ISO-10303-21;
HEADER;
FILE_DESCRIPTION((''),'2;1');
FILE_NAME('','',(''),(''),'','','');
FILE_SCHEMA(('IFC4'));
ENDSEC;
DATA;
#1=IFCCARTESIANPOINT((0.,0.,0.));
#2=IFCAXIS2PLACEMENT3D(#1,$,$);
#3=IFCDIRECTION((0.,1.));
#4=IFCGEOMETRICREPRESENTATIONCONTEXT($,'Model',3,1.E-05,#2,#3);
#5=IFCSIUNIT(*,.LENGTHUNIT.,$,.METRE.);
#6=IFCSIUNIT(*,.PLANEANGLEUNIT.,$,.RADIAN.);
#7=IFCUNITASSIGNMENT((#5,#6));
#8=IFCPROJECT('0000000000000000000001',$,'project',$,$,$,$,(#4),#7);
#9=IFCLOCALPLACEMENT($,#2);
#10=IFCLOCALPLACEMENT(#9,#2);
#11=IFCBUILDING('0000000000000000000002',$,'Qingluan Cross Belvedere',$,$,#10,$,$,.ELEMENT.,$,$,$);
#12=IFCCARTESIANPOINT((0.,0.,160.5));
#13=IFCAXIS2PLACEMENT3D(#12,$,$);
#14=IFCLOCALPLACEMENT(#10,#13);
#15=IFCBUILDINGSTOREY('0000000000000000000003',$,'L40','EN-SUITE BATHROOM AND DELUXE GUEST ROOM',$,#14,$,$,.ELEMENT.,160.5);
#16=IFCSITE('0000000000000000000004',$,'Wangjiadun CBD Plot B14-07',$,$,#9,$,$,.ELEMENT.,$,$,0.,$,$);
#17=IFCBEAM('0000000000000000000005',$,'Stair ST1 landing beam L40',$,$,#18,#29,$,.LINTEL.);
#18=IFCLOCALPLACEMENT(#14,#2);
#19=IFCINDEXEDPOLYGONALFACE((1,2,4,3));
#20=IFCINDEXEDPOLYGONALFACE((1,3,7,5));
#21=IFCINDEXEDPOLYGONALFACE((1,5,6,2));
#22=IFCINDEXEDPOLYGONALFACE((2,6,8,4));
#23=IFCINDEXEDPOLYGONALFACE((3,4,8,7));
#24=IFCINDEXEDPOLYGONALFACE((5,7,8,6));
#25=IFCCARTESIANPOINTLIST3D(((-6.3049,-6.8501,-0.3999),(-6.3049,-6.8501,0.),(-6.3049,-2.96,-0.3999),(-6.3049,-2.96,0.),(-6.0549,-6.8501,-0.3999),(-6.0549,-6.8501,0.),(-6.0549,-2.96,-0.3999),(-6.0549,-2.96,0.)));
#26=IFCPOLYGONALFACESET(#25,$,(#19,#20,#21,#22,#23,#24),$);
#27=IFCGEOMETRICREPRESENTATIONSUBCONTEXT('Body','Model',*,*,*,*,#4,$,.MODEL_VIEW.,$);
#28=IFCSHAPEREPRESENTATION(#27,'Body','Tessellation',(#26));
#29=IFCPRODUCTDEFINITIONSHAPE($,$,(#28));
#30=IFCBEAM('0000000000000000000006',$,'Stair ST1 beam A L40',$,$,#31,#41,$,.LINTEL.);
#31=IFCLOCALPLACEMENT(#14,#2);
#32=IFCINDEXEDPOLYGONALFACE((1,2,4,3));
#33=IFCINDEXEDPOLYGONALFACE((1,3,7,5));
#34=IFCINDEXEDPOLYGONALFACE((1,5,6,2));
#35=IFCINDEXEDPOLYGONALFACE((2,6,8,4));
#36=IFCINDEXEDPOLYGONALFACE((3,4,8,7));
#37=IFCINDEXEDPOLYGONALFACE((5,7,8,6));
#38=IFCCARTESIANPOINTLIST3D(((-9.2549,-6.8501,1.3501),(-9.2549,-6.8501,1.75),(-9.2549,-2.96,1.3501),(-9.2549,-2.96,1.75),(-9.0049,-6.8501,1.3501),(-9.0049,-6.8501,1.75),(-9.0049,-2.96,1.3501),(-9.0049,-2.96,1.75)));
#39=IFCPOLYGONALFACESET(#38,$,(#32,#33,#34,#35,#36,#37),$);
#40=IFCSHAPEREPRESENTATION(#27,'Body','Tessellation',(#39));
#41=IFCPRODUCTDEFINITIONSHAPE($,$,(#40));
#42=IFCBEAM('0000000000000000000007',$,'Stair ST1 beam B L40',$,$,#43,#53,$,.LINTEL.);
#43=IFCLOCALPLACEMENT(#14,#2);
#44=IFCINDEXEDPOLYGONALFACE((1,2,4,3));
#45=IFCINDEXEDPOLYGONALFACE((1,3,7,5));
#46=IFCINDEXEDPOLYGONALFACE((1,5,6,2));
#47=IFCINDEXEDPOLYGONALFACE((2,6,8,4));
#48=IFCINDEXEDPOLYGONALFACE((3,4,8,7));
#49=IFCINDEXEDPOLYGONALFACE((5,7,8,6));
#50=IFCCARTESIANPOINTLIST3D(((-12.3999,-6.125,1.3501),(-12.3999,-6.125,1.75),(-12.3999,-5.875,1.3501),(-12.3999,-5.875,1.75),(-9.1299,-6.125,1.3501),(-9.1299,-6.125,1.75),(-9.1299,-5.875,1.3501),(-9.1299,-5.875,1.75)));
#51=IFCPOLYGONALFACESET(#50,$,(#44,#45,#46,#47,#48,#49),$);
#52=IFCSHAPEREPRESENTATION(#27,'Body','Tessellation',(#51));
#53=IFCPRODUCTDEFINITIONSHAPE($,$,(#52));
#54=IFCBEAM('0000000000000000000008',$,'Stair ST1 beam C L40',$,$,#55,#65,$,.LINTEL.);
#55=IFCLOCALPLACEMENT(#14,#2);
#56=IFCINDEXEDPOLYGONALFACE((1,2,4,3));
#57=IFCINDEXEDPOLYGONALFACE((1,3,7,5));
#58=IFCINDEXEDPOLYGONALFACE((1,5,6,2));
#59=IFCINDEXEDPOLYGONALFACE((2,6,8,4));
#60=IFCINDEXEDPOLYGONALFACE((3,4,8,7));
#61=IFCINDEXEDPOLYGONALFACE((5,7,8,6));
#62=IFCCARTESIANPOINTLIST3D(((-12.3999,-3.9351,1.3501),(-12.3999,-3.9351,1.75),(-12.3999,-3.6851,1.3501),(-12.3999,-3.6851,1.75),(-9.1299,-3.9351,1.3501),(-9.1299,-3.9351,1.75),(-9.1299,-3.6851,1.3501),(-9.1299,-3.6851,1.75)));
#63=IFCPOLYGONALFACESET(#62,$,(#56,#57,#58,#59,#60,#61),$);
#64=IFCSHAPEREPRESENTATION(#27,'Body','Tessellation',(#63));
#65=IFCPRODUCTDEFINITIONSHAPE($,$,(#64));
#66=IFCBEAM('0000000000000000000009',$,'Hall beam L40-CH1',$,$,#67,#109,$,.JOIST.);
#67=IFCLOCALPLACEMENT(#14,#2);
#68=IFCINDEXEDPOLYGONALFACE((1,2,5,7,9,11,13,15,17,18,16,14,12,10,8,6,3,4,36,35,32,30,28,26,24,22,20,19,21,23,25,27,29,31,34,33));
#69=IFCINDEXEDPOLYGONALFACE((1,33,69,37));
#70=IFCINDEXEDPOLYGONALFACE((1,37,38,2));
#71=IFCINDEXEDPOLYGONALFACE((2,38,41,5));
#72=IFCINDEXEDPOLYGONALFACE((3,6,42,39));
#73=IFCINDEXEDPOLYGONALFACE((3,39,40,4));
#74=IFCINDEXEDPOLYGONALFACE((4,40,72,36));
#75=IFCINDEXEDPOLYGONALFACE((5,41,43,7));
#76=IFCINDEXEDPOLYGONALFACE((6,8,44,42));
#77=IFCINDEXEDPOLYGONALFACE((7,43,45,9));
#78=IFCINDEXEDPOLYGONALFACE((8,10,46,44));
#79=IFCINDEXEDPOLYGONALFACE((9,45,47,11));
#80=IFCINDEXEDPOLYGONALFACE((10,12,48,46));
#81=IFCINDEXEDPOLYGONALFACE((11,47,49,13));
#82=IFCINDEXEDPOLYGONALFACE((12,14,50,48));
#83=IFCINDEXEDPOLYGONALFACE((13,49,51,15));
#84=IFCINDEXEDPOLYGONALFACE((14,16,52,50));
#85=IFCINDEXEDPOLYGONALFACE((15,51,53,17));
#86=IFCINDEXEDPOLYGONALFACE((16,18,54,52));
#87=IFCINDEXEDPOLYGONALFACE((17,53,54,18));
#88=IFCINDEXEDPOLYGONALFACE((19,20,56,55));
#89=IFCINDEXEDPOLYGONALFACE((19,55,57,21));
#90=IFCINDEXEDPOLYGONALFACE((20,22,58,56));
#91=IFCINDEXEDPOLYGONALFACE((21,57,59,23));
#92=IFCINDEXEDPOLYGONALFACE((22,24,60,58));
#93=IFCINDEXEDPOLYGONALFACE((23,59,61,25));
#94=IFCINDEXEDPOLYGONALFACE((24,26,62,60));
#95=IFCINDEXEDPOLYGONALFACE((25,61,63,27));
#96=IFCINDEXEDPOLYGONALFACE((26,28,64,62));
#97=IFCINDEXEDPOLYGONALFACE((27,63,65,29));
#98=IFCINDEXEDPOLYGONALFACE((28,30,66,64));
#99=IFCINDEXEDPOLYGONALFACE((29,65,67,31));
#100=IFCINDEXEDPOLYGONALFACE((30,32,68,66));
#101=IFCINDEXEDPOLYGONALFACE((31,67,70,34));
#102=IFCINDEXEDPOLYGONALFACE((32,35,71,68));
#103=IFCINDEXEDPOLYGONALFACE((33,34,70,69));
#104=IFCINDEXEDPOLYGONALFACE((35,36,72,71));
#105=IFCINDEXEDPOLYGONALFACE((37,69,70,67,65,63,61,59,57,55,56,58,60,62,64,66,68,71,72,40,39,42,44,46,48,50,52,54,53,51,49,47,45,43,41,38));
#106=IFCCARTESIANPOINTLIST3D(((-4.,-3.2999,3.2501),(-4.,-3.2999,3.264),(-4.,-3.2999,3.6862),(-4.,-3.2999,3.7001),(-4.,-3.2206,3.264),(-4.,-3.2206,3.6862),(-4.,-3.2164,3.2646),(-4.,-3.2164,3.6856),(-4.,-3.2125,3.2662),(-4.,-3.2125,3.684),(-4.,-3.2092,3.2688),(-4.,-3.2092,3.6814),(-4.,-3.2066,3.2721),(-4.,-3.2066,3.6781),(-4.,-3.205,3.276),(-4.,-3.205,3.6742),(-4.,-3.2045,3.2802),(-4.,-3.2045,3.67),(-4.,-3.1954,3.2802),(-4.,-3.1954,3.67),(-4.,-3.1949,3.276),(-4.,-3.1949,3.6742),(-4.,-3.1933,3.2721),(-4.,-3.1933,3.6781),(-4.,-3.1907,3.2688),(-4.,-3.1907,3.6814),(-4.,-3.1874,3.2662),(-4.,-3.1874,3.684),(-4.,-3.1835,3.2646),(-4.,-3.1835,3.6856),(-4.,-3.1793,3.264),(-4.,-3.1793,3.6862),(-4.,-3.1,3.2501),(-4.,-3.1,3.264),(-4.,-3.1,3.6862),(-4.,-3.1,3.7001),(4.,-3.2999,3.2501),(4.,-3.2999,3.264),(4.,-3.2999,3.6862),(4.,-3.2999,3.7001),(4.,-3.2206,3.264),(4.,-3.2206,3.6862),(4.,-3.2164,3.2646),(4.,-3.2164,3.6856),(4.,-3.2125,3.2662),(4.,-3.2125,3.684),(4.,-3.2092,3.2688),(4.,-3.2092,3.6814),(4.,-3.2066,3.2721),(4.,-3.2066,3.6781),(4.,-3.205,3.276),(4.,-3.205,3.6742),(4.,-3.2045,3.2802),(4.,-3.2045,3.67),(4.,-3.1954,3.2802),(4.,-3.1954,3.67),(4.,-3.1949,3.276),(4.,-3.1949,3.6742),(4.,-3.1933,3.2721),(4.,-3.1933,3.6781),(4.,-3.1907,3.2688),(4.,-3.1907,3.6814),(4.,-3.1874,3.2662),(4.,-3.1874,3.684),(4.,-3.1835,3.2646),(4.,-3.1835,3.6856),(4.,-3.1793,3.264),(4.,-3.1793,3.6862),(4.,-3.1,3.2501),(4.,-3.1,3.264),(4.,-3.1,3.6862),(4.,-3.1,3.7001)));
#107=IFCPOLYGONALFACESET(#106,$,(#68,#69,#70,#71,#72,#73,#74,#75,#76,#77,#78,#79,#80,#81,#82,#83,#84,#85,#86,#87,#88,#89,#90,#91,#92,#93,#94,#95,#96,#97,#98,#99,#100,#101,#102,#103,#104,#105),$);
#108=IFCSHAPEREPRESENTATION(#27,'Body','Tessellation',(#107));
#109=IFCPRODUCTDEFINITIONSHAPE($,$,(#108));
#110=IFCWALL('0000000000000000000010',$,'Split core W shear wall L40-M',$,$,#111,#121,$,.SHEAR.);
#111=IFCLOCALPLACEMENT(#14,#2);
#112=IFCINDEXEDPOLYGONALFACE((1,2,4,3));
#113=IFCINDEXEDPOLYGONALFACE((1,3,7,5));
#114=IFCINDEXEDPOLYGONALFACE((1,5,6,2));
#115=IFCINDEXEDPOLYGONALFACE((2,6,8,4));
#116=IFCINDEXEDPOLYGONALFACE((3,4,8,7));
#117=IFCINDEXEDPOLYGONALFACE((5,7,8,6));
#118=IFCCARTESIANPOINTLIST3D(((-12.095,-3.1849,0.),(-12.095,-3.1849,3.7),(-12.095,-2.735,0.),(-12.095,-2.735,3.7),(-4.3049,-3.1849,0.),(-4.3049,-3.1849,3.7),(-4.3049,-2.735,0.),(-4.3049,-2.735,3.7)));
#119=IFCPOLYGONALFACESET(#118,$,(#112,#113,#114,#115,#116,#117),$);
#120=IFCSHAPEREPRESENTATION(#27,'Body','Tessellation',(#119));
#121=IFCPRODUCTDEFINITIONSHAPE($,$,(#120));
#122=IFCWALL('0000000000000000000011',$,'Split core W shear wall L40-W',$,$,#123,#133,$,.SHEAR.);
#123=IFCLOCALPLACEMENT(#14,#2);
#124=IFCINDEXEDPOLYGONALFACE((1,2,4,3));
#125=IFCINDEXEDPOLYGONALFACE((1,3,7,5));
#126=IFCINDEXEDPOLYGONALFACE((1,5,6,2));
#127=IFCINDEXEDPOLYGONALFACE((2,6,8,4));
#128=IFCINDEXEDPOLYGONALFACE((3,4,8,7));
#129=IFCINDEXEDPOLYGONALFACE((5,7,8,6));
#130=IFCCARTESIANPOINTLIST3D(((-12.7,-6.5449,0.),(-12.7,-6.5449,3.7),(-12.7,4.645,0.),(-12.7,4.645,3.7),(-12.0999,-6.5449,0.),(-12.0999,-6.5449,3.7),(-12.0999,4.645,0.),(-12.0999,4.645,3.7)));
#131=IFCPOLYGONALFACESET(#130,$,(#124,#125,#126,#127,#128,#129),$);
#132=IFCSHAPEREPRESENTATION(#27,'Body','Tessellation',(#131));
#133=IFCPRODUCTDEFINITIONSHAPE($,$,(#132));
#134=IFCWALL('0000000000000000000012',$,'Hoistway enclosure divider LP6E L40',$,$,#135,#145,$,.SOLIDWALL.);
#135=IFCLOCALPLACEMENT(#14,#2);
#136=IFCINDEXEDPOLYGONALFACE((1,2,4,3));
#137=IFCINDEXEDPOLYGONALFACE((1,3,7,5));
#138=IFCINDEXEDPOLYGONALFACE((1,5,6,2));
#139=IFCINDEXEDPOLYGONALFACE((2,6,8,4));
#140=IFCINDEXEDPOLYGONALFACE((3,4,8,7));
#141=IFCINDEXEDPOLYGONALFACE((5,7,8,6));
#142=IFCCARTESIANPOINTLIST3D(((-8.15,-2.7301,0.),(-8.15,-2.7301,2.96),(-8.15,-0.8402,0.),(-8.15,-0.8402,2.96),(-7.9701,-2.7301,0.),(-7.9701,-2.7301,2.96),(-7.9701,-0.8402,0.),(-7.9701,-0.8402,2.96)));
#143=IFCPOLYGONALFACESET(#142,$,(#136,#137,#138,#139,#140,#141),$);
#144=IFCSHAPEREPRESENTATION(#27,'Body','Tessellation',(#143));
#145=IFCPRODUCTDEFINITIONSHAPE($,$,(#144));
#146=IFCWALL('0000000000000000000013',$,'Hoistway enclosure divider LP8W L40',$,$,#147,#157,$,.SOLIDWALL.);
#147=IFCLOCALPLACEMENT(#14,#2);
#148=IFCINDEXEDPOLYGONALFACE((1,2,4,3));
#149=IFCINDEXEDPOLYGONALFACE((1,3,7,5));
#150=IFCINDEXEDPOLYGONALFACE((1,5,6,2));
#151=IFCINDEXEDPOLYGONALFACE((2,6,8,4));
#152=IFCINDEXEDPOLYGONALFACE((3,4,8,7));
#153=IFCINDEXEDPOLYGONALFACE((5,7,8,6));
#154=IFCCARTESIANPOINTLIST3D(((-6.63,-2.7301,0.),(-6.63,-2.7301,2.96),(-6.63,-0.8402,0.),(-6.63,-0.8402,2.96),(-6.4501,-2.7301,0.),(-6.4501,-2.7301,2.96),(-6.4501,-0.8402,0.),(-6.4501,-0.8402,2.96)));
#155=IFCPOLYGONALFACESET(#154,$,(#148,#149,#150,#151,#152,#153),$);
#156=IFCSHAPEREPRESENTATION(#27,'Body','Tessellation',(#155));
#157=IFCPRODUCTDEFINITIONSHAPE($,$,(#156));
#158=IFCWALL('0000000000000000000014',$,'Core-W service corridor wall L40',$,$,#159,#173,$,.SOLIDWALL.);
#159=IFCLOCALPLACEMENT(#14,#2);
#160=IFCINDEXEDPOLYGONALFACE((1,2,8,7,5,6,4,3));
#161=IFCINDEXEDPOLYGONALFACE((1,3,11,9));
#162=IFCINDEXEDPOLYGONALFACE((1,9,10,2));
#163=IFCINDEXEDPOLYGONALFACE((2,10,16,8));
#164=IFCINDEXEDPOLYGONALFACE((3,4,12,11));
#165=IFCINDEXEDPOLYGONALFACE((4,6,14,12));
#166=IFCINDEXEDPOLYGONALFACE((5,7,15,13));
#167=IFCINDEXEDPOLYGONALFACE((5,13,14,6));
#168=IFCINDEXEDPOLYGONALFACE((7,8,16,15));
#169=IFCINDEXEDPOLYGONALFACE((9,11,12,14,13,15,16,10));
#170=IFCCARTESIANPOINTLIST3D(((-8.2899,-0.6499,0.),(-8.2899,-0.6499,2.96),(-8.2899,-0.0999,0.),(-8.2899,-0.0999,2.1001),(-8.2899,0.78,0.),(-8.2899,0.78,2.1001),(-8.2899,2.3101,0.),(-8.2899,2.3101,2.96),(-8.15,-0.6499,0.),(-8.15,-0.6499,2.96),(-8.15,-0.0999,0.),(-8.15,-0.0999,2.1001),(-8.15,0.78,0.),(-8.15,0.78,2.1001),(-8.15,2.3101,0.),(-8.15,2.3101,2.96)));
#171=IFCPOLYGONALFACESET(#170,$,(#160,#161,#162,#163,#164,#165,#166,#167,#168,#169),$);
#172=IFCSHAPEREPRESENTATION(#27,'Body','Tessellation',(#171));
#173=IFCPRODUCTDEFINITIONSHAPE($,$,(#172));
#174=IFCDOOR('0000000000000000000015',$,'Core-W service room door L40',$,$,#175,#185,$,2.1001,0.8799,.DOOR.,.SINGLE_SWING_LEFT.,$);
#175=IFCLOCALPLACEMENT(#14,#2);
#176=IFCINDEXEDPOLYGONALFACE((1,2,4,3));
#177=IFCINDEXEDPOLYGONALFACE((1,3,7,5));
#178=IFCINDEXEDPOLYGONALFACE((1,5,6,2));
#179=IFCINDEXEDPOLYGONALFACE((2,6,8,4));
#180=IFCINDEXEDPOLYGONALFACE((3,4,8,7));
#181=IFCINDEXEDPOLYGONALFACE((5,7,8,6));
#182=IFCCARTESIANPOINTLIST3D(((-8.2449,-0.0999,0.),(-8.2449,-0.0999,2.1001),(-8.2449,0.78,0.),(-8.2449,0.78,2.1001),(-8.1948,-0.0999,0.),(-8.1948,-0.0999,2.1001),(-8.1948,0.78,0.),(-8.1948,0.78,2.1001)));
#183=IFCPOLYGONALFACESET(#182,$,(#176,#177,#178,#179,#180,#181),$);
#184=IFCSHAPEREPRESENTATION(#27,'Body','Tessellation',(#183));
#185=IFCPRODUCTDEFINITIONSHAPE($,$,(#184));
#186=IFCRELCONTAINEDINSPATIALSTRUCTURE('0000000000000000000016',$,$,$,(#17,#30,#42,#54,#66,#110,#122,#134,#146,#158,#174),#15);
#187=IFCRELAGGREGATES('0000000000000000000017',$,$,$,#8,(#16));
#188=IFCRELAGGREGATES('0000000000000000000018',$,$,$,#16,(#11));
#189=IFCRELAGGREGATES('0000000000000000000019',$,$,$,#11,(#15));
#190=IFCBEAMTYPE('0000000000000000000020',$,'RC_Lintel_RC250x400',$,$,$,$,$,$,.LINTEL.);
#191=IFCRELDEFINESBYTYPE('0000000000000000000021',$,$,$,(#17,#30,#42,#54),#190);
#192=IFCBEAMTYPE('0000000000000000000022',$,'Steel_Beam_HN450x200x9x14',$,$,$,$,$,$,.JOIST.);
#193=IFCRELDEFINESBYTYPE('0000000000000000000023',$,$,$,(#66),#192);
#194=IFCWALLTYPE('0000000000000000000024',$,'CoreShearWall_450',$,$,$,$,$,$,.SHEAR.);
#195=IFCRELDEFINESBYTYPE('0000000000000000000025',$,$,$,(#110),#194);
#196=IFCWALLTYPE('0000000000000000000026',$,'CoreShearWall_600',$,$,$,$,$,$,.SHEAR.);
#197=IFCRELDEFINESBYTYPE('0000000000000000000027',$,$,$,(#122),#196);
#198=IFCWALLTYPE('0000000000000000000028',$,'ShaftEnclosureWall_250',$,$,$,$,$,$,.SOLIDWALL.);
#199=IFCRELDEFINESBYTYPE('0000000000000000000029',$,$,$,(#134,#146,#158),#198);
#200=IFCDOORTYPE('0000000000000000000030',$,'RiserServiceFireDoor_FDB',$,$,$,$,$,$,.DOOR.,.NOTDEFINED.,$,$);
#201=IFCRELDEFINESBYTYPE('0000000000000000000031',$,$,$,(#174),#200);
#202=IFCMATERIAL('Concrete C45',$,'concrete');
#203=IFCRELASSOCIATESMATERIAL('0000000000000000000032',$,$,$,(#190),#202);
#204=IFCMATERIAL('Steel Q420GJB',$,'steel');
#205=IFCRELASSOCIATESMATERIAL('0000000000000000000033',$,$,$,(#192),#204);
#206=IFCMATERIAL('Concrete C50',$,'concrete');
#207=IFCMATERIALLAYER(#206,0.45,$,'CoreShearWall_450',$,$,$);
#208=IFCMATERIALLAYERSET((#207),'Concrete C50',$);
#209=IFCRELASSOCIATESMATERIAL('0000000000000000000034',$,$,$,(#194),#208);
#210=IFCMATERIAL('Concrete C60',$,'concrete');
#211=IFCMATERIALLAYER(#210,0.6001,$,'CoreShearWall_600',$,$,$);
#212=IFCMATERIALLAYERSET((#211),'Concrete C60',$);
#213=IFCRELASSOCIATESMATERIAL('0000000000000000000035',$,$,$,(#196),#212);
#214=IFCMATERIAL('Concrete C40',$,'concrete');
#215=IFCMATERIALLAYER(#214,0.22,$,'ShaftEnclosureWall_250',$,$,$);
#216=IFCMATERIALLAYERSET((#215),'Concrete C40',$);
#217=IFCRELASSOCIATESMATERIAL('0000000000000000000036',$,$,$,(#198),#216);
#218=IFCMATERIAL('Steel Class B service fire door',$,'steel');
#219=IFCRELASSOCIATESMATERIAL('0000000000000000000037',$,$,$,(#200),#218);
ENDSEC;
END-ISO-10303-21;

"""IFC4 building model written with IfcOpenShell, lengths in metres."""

from ifc_helpers import new_model, si_unit, direction, frame, frame_2d, origin, origin_2d, place, context, subcontext, project, spatial, rectangle, i_section, extrude, material, layer, layer_set, material_profile, profile_set, type_object, element, fill, save


model = new_model("IFC4")

# Units and contexts
model_context = context("Model", 3, precision=1e-05, world=origin(), true_north=direction((0.0, 1.0)))
body_context = subcontext(model_context, "Body", "Model", "MODEL_VIEW")
ifc_project = project(units=[si_unit("LENGTHUNIT", "METRE"), si_unit("PLANEANGLEUNIT", "RADIAN")], contexts=[model_context])

# Site, building, storey
site_placement = place(None, origin())
site = spatial("IfcSite", under=ifc_project, at=site_placement, Name="Wangjiadun CBD Plot B14-07", CompositionType="ELEMENT", RefElevation=0.0)
building_placement = place(site_placement, origin())
building = spatial("IfcBuilding", under=site, at=building_placement, Name="Qingluan Cross Belvedere", CompositionType="ELEMENT")
storey_placement = place(building_placement, frame((0.0, 0.0, 160.5)))
storey = spatial("IfcBuildingStorey", under=building, at=storey_placement, Name="L40", Description="EN-SUITE BATHROOM AND DELUXE GUEST ROOM", CompositionType="ELEMENT", Elevation=160.5)

# Beams
ifc_material_1 = material(Name="Concrete C45", Category="concrete")
ifc_material_profile_1 = material_profile(ifc_material_1, rectangle(XDim=0.25, YDim=0.3999, at=origin_2d()), Name="RC250x400")
ifc_profile_set_1 = profile_set([ifc_material_profile_1], Name="Concrete C45")
beam_type_1 = type_object("IfcBeamType", Name="RC_Lintel_RC250x400", PredefinedType="LINTEL", material=ifc_profile_set_1)
for number, where, z_axis, x_axis, name in (
    (1, (-6.1799, -6.8501, -0.2), (0.0, 1.0, 0.0), (-1.0, 0.0, 0.0), "Stair ST1 landing beam L40"),
    (2, (-9.1299, -6.8501, 1.55), (0.0, 1.0, 0.0), (-1.0, 0.0, 0.0), "Stair ST1 beam A L40"),
):
    element("IfcBeam", number, at=place(storey_placement, frame(where, z_axis=z_axis, x_axis=x_axis)), inside=storey, type_object=beam_type_1, Name=name, PredefinedType="LINTEL", context=body_context, shape_type="SweptSolid", body=[
        extrude(rectangle(XDim=0.25, YDim=0.3999, at=origin_2d()), origin(), (0.0, 0.0, 1.0), 3.8901),
    ])
for number, where, z_axis, x_axis, name in (
    (3, (-12.3999, -6.0, 1.55), (1.0, 0.0, 0.0), (0.0, 1.0, 0.0), "Stair ST1 beam B L40"),
    (4, (-12.3999, -3.8101, 1.55), (1.0, 0.0, 0.0), (0.0, 1.0, 0.0), "Stair ST1 beam C L40"),
):
    element("IfcBeam", number, at=place(storey_placement, frame(where, z_axis=z_axis, x_axis=x_axis)), inside=storey, type_object=beam_type_1, Name=name, PredefinedType="LINTEL", context=body_context, shape_type="SweptSolid", body=[
        extrude(rectangle(XDim=0.25, YDim=0.3999, at=origin_2d()), origin(), (0.0, 0.0, 1.0), 3.27),
    ])
ifc_material_2 = material(Name="Steel Q420GJB", Category="steel")
ifc_material_profile_2 = material_profile(ifc_material_2, i_section(OverallWidth=0.2, OverallDepth=0.45, WebThickness=0.009, FlangeThickness=0.0139, FilletRadius=0.0161, at=origin_2d()), Name="HN450x200x9x14")
ifc_profile_set_2 = profile_set([ifc_material_profile_2], Name="Steel Q420GJB")
beam_type_2 = type_object("IfcBeamType", Name="Steel_Beam_HN450x200x9x14", PredefinedType="JOIST", material=ifc_profile_set_2)
beam_placement = place(storey_placement, frame((-4.0, -3.2, 3.4751), z_axis=(1.0, 0.0, 0.0), x_axis=(0.0, 1.0, 0.0)))
element("IfcBeam", 5, at=beam_placement, inside=storey, type_object=beam_type_2, Name="Hall beam L40-CH1", PredefinedType="JOIST", context=body_context, shape_type="SweptSolid", body=[
    extrude(i_section(OverallWidth=0.2, OverallDepth=0.45, WebThickness=0.009, FlangeThickness=0.0139, FilletRadius=0.0161, at=origin_2d()), origin(), (0.0, 0.0, 1.0), 8.0),
])

# Walls
ifc_material_3 = material(Name="Concrete C50", Category="concrete")
ifc_layer_1 = layer(ifc_material_3, 0.45, Name="CoreShearWall_450")
ifc_layer_set_1 = layer_set([ifc_layer_1], Name="Concrete C50")
wall_type_1 = type_object("IfcWallType", Name="CoreShearWall_450", PredefinedType="SHEAR", material=ifc_layer_set_1)
wall_1_placement = place(storey_placement, frame((-12.095, -2.96, 0.0), z_axis=(0.0, 0.0, 1.0), x_axis=(1.0, 0.0, 0.0)))
element("IfcWall", 6, at=wall_1_placement, inside=storey, type_object=wall_type_1, Name="Split core W shear wall L40-M", PredefinedType="SHEAR", context=body_context, shape_type="SweptSolid", body=[
    extrude(rectangle(XDim=7.79, YDim=0.45, at=frame_2d((3.895, 0.0))), origin(), (0.0, 0.0, 1.0), 3.7),
])
ifc_material_4 = material(Name="Concrete C60", Category="concrete")
ifc_layer_2 = layer(ifc_material_4, 0.6001, Name="CoreShearWall_600")
ifc_layer_set_2 = layer_set([ifc_layer_2], Name="Concrete C60")
wall_type_2 = type_object("IfcWallType", Name="CoreShearWall_600", PredefinedType="SHEAR", material=ifc_layer_set_2)
wall_2_placement = place(storey_placement, frame((-12.3999, -6.5449, 0.0), z_axis=(0.0, 0.0, 1.0), x_axis=(0.0, 1.0, 0.0)))
element("IfcWall", 7, at=wall_2_placement, inside=storey, type_object=wall_type_2, Name="Split core W shear wall L40-W", PredefinedType="SHEAR", context=body_context, shape_type="SweptSolid", body=[
    extrude(rectangle(XDim=11.1899, YDim=0.6001, at=frame_2d((5.595, 0.0))), origin(), (0.0, 0.0, 1.0), 3.7),
])

# Shared definitions
ifc_material_5 = material(Name="Concrete C40", Category="concrete")
ifc_layer_3 = layer(ifc_material_5, 0.22, Name="ShaftEnclosureWall_250")
ifc_layer_set_3 = layer_set([ifc_layer_3], Name="Concrete C40")
wall_type_3 = type_object("IfcWallType", Name="ShaftEnclosureWall_250", PredefinedType="SOLIDWALL", material=ifc_layer_set_3)

# Walls
for number, where, z_axis, x_axis, name in (
    (8, (-8.0601, -2.73, 0.0), (0.0, 0.0, 1.0), (0.0, 1.0, 0.0), "Hoistway enclosure divider LP6E L40"),
    (9, (-6.54, -2.73, 0.0), (0.0, 0.0, 1.0), (0.0, 1.0, 0.0), "Hoistway enclosure divider LP8W L40"),
):
    element("IfcWall", number, at=place(storey_placement, frame(where, z_axis=z_axis, x_axis=x_axis)), inside=storey, type_object=wall_type_3, Name=name, PredefinedType="SOLIDWALL", context=body_context, shape_type="SweptSolid", body=[
        extrude(rectangle(XDim=1.8899, YDim=0.1799, at=frame_2d((0.9448, 0.0))), origin(), (0.0, 0.0, 1.0), 2.96),
    ])

# Wall, opening, door
wall_3_placement = place(storey_placement, frame((-8.22, -0.6499, 0.0), z_axis=(0.0, 0.0, 1.0), x_axis=(0.0, 1.0, 0.0)))
wall_3 = element("IfcWall", 10, at=wall_3_placement, inside=storey, type_object=wall_type_3, Name="Core-W service corridor wall L40", PredefinedType="SOLIDWALL", context=body_context, shape_type="SweptSolid", body=[
    extrude(rectangle(XDim=2.96, YDim=0.1399, at=frame_2d((1.48, 0.0))), origin(), (0.0, 0.0, 1.0), 2.96),
])
opening_1_placement = place(wall_3_placement, frame((0.55, 0.0, 0.0)))
opening_1 = element("IfcOpeningElement", 11, at=opening_1_placement, cuts=wall_3, PredefinedType="OPENING", context=body_context, shape_type="SweptSolid", body=[
    extrude(rectangle(XDim=0.8799, YDim=2.1001, at=frame_2d((0.4399, 1.05))), frame((0.0, 0.0798, 0.0), z_axis=(0.0, -1.0, 0.0), x_axis=(1.0, 0.0, 0.0)), (0.0, 0.0, 1.0), 0.1599),
])
ifc_material_6 = material(Name="Steel Class B service fire door", Category="steel")
door_type_1 = type_object("IfcDoorType", Name="RiserServiceFireDoor_FDB", OperationType="NOTDEFINED", PredefinedType="DOOR", material=ifc_material_6)
door_1_placement = place(opening_1_placement, origin())
door_1 = element("IfcDoor", 12, at=door_1_placement, inside=storey, type_object=door_type_1, Name="Core-W service room door L40", OperationType="SINGLE_SWING_LEFT", OverallHeight=2.1001, OverallWidth=0.8799, PredefinedType="DOOR", context=body_context, shape_type="SweptSolid", body=[
    extrude(rectangle(XDim=0.8799, YDim=2.1001, at=frame_2d((0.4399, 1.05))), frame((0.0, 0.0249, 0.0), z_axis=(0.0, -1.0, 0.0), x_axis=(1.0, 0.0, 0.0)), (0.0, 0.0, 1.0), 0.05),
])
fill(opening_1, door_1)

save(model, "model.ifc")
